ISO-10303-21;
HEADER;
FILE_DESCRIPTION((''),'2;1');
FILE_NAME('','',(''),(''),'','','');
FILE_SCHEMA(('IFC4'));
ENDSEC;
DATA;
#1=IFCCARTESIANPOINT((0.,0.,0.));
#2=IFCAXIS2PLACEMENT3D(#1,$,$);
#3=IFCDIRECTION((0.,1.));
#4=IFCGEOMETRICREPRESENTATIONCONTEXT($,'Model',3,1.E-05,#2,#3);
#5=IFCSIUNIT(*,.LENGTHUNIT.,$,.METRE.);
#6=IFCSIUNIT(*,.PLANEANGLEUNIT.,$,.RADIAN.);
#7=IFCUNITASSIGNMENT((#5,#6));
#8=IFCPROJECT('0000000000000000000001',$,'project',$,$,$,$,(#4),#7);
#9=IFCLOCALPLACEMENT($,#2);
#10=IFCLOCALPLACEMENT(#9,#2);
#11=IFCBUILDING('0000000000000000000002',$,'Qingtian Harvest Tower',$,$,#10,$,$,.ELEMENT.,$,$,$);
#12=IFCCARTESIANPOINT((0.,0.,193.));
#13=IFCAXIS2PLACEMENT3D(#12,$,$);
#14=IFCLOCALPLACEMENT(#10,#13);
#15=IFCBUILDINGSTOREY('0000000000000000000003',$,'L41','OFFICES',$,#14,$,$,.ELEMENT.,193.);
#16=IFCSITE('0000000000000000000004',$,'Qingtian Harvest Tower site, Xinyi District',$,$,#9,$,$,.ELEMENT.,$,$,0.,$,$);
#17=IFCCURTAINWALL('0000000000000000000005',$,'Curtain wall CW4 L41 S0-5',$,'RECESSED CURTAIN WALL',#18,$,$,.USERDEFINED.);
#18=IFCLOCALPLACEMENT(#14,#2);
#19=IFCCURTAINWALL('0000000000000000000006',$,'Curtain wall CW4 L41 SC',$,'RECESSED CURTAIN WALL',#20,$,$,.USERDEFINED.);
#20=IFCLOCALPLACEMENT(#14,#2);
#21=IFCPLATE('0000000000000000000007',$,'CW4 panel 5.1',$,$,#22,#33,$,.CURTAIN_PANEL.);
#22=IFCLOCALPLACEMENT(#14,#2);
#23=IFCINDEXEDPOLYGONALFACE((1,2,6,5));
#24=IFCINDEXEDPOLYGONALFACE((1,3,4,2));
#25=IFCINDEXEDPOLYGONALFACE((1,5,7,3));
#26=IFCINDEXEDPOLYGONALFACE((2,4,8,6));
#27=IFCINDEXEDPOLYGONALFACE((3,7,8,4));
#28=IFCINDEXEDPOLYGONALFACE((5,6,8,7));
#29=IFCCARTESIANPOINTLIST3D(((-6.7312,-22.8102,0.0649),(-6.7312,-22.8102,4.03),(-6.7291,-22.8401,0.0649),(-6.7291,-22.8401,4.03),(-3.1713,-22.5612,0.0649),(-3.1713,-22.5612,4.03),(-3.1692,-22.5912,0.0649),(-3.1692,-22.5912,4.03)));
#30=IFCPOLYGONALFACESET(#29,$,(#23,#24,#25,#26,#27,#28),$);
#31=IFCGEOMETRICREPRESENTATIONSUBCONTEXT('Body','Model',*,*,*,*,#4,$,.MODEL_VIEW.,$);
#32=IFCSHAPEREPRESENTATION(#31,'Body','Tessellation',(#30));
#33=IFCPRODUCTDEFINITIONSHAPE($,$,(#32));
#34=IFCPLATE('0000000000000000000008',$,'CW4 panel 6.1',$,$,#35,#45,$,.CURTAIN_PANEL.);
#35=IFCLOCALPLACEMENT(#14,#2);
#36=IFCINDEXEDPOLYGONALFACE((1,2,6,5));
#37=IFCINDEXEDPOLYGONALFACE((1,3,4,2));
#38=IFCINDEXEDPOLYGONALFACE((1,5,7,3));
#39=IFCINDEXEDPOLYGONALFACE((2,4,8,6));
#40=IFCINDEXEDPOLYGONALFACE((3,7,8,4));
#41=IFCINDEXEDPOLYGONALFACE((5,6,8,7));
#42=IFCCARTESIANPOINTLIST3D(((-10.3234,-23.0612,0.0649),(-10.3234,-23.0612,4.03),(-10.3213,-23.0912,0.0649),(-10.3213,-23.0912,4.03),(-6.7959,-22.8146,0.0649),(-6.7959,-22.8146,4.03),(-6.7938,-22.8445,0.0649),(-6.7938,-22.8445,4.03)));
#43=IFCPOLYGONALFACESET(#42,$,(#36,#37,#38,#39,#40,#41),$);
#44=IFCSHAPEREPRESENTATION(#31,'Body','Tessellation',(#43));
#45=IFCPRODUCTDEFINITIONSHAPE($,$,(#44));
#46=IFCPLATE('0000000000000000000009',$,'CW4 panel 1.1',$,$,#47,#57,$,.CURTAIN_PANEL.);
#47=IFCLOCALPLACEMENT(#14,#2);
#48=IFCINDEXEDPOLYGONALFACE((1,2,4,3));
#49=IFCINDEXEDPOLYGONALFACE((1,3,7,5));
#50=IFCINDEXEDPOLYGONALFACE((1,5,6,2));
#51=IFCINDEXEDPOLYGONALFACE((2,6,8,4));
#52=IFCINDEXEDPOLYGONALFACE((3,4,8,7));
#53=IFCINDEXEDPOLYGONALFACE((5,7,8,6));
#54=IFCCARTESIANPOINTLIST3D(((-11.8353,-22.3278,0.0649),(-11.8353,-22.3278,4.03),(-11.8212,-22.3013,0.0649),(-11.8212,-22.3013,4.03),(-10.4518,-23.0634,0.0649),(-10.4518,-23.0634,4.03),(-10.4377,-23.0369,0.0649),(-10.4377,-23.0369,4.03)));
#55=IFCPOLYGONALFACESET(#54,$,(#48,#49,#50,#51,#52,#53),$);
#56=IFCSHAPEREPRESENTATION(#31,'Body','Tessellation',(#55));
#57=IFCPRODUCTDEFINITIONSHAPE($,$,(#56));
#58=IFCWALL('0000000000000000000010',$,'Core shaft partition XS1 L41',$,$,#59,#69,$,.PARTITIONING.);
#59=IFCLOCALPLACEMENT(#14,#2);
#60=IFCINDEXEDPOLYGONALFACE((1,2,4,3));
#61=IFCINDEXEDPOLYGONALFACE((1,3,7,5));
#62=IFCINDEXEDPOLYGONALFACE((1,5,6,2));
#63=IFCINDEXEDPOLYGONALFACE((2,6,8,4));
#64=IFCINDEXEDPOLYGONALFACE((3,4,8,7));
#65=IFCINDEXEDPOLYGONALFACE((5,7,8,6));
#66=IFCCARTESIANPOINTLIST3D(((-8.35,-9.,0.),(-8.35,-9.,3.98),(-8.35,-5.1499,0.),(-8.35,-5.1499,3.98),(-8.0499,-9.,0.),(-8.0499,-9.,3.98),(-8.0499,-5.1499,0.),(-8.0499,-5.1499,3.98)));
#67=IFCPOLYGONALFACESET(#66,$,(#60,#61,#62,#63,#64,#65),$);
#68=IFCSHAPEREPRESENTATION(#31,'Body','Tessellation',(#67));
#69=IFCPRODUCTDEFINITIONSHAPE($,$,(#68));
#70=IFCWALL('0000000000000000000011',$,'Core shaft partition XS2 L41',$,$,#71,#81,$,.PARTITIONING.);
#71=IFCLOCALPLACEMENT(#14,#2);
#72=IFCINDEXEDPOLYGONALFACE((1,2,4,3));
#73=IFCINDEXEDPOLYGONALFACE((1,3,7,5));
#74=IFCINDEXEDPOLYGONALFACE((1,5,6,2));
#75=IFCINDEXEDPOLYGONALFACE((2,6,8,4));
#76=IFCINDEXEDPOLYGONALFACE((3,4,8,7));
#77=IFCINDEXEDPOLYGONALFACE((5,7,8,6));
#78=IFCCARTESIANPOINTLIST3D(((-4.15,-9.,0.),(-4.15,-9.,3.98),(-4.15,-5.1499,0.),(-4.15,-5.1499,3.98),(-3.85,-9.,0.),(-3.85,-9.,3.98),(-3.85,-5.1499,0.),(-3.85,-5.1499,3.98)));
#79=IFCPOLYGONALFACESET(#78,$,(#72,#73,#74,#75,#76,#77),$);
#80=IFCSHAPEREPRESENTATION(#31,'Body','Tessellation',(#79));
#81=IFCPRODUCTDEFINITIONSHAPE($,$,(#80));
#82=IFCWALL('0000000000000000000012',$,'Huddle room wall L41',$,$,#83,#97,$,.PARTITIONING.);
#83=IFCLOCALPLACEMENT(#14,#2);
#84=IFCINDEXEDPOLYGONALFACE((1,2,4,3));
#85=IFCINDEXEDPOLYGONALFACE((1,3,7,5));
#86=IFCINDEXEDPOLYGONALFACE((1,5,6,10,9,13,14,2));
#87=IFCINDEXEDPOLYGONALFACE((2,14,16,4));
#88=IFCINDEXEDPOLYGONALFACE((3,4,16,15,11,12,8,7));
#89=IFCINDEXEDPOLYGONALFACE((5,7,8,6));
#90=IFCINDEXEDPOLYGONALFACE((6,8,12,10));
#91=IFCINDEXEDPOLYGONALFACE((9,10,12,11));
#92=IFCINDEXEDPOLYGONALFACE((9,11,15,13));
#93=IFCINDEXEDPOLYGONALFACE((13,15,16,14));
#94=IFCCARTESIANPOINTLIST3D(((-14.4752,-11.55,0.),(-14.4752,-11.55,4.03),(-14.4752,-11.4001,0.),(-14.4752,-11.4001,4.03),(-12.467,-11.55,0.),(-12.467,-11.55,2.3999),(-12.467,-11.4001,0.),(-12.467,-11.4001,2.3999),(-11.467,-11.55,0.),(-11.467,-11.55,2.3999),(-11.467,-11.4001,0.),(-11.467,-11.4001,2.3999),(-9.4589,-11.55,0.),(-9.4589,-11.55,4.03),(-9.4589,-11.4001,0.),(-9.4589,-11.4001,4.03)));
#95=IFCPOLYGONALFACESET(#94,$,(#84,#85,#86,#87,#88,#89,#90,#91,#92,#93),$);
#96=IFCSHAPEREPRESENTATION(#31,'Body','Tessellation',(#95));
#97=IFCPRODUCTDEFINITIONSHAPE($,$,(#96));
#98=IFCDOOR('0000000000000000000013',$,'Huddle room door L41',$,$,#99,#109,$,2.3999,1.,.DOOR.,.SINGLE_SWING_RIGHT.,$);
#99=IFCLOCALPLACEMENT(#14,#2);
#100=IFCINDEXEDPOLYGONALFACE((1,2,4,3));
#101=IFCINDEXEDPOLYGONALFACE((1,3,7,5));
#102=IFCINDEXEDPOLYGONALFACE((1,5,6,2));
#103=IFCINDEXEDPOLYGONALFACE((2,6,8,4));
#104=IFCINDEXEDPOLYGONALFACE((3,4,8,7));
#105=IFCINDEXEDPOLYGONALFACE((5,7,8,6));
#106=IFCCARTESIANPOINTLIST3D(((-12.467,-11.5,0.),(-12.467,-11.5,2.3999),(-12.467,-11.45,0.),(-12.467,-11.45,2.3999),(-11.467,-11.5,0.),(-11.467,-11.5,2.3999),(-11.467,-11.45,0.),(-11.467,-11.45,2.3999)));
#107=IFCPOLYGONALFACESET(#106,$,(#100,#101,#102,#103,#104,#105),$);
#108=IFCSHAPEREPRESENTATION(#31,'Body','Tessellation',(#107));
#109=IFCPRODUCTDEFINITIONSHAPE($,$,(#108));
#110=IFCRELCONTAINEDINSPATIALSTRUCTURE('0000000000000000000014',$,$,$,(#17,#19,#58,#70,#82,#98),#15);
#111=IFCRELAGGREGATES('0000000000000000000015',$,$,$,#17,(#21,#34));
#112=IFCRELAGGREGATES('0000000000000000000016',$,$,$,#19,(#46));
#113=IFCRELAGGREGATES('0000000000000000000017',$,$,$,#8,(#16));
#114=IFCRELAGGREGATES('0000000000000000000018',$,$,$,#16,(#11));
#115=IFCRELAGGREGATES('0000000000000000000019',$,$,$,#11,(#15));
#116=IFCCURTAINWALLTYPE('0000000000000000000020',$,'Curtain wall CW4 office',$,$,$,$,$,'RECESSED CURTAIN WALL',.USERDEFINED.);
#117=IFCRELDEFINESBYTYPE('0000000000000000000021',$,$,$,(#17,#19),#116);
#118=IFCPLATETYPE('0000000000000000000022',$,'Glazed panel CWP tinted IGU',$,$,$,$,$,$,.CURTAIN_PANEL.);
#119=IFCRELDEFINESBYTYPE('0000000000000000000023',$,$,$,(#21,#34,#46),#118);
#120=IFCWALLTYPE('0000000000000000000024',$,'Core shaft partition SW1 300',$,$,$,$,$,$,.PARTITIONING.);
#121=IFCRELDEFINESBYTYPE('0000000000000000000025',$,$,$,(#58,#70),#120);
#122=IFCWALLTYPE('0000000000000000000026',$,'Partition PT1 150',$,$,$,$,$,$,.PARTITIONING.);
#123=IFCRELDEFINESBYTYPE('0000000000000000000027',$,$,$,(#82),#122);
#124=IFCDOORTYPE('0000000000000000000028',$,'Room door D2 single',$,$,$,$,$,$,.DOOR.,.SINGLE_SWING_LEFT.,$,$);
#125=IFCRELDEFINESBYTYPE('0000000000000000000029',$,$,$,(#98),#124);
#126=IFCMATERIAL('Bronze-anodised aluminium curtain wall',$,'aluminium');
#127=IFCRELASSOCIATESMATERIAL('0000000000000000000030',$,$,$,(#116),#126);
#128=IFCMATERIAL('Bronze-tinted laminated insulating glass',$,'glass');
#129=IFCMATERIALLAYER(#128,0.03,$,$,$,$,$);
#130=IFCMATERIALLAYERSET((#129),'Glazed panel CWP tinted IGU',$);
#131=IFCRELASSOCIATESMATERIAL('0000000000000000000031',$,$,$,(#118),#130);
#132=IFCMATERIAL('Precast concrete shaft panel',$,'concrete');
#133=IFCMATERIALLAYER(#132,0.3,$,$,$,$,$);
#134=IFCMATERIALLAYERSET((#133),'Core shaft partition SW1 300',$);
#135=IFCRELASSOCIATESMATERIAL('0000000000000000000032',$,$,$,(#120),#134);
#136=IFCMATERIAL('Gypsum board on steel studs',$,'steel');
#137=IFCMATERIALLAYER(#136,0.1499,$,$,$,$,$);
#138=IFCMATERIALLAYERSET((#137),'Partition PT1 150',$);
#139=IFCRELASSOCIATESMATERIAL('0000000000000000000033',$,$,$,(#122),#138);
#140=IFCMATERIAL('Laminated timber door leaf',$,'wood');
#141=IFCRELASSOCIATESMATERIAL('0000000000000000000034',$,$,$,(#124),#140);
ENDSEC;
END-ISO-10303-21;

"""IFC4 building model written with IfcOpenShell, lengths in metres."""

from ifc_helpers import new_model, si_unit, direction, frame, frame_2d, origin, origin_2d, place, context, subcontext, project, spatial, rectangle, extrude, material, layer, layer_set, type_object, element, fill, aggregate, save


model = new_model("IFC4")

# Units and contexts
model_context = context("Model", 3, precision=1e-05, world=origin(), true_north=direction((0.0, 1.0)))
body_context = subcontext(model_context, "Body", "Model", "MODEL_VIEW")
ifc_project = project(units=[si_unit("LENGTHUNIT", "METRE"), si_unit("PLANEANGLEUNIT", "RADIAN")], contexts=[model_context])

# Site, building, storey
site_placement = place(None, origin())
site = spatial("IfcSite", under=ifc_project, at=site_placement, Name="Qingtian Harvest Tower site, Xinyi District", CompositionType="ELEMENT", RefElevation=0.0)
building_placement = place(site_placement, origin())
building = spatial("IfcBuilding", under=site, at=building_placement, Name="Qingtian Harvest Tower", CompositionType="ELEMENT")
storey_placement = place(building_placement, frame((0.0, 0.0, 193.0)))
storey = spatial("IfcBuildingStorey", under=building, at=storey_placement, Name="L41", Description="OFFICES", CompositionType="ELEMENT", Elevation=193.0)

# Curtain walls
ifc_material_1 = material(Name="Bronze-anodised aluminium curtain wall", Category="aluminium")
curtain_wall_type = type_object("IfcCurtainWallType", Name="Curtain wall CW4 office", ElementType="RECESSED CURTAIN WALL", PredefinedType="USERDEFINED", material=ifc_material_1)
curtain_wall_1_placement = place(storey_placement, origin())
curtain_wall_1 = element("IfcCurtainWall", 1, at=curtain_wall_1_placement, inside=storey, type_object=curtain_wall_type, Name="Curtain wall CW4 L41 S0-5", ObjectType="RECESSED CURTAIN WALL", PredefinedType="USERDEFINED")
curtain_wall_2_placement = place(storey_placement, origin())
curtain_wall_2 = element("IfcCurtainWall", 2, at=curtain_wall_2_placement, inside=storey, type_object=curtain_wall_type, Name="Curtain wall CW4 L41 SC", ObjectType="RECESSED CURTAIN WALL", PredefinedType="USERDEFINED")

# Plates
ifc_material_2 = material(Name="Bronze-tinted laminated insulating glass", Category="glass")
ifc_layer_1 = layer(ifc_material_2, 0.03)
ifc_layer_set_1 = layer_set([ifc_layer_1], Name="Glazed panel CWP tinted IGU")
plate_type = type_object("IfcPlateType", Name="Glazed panel CWP tinted IGU", PredefinedType="CURTAIN_PANEL", material=ifc_layer_set_1)
plate_1_placement = place(storey_placement, frame((-4.9502, -22.7007, 0.0649), z_axis=(0.0, 0.0, 1.0), x_axis=(-0.997564, -0.069756, 0.0)))
plate_1 = element("IfcPlate", 3, at=plate_1_placement, type_object=plate_type, Name="CW4 panel 5.1", PredefinedType="CURTAIN_PANEL", context=body_context, shape_type="SweptSolid", body=[
    extrude(rectangle(XDim=3.5686, YDim=0.03, at=origin_2d()), origin(), (0.0, 0.0, 1.0), 3.9651),
])
plate_2_placement = place(storey_placement, frame((-8.5586, -22.9529, 0.0649), z_axis=(0.0, 0.0, 1.0), x_axis=(-0.997564, -0.069756, 0.0)))
plate_2 = element("IfcPlate", 4, at=plate_2_placement, type_object=plate_type, Name="CW4 panel 6.1", PredefinedType="CURTAIN_PANEL", context=body_context, shape_type="SweptSolid", body=[
    extrude(rectangle(XDim=3.5361, YDim=0.03, at=origin_2d()), origin(), (0.0, 0.0, 1.0), 3.9651),
])
aggregate(curtain_wall_1, [plate_1, plate_2])
plate_3_placement = place(storey_placement, frame((-11.1365, -22.6824, 0.0649), z_axis=(0.0, 0.0, 1.0), x_axis=(-0.882948, 0.469472, 0.0)))
plate_3 = element("IfcPlate", 5, at=plate_3_placement, type_object=plate_type, Name="CW4 panel 1.1", PredefinedType="CURTAIN_PANEL", context=body_context, shape_type="SweptSolid", body=[
    extrude(rectangle(XDim=1.5669, YDim=0.03, at=origin_2d()), origin(), (0.0, 0.0, 1.0), 3.9651),
])
aggregate(curtain_wall_2, [plate_3])

# Walls
ifc_material_3 = material(Name="Precast concrete shaft panel", Category="concrete")
ifc_layer_2 = layer(ifc_material_3, 0.3)
ifc_layer_set_2 = layer_set([ifc_layer_2], Name="Core shaft partition SW1 300")
wall_type_1 = type_object("IfcWallType", Name="Core shaft partition SW1 300", PredefinedType="PARTITIONING", material=ifc_layer_set_2)
for number, where, z_axis, x_axis, name in (
    (6, (-8.2, -9.0, 0.0), (0.0, 0.0, 1.0), (0.0, 1.0, 0.0), "Core shaft partition XS1 L41"),
    (7, (-4.0, -9.0, 0.0), (0.0, 0.0, 1.0), (0.0, 1.0, 0.0), "Core shaft partition XS2 L41"),
):
    element("IfcWall", number, at=place(storey_placement, frame(where, z_axis=z_axis, x_axis=x_axis)), inside=storey, type_object=wall_type_1, Name=name, PredefinedType="PARTITIONING", context=body_context, shape_type="SweptSolid", body=[
        extrude(rectangle(XDim=3.8501, YDim=0.3, at=frame_2d((1.925, 0.0))), origin(), (0.0, 0.0, 1.0), 3.98),
    ])

# Wall, opening, door
ifc_material_4 = material(Name="Gypsum board on steel studs", Category="steel")
ifc_layer_3 = layer(ifc_material_4, 0.1499)
ifc_layer_set_3 = layer_set([ifc_layer_3], Name="Partition PT1 150")
wall_type_2 = type_object("IfcWallType", Name="Partition PT1 150", PredefinedType="PARTITIONING", material=ifc_layer_set_3)
wall_1_placement = place(storey_placement, frame((-9.4587, -11.4751, 0.0), z_axis=(0.0, 0.0, 1.0), x_axis=(-1.0, 0.0, 0.0)))
wall_1 = element("IfcWall", 8, at=wall_1_placement, inside=storey, type_object=wall_type_2, Name="Huddle room wall L41", PredefinedType="PARTITIONING", context=body_context, shape_type="SweptSolid", body=[
    extrude(rectangle(XDim=5.0164, YDim=0.1499, at=frame_2d((2.5083, 0.0))), origin(), (0.0, 0.0, 1.0), 4.03),
])
opening_1_placement = place(wall_1_placement, frame((2.0083, 0.0, 0.0)))
opening_1 = element("IfcOpeningElement", 9, at=opening_1_placement, cuts=wall_1, PredefinedType="OPENING", context=body_context, shape_type="SweptSolid", body=[
    extrude(rectangle(XDim=1.0, YDim=2.3999, at=frame_2d((0.5, 1.2))), frame((0.0, 0.085, 0.0), z_axis=(0.0, -1.0, 0.0), x_axis=(1.0, 0.0, 0.0)), (0.0, 0.0, 1.0), 0.1699),
])
ifc_material_5 = material(Name="Laminated timber door leaf", Category="wood")
door_type_1 = type_object("IfcDoorType", Name="Room door D2 single", OperationType="SINGLE_SWING_LEFT", PredefinedType="DOOR", material=ifc_material_5)
door_1_placement = place(opening_1_placement, origin())
door_1 = element("IfcDoor", 10, at=door_1_placement, inside=storey, type_object=door_type_1, Name="Huddle room door L41", OperationType="SINGLE_SWING_RIGHT", OverallHeight=2.3999, OverallWidth=1.0, PredefinedType="DOOR", context=body_context, shape_type="SweptSolid", body=[
    extrude(rectangle(XDim=1.0, YDim=2.3999, at=frame_2d((0.5, 1.2))), frame((0.0, 0.0249, 0.0), z_axis=(0.0, -1.0, 0.0), x_axis=(1.0, 0.0, 0.0)), (0.0, 0.0, 1.0), 0.05),
])
fill(opening_1, door_1)

save(model, "model.ifc")
